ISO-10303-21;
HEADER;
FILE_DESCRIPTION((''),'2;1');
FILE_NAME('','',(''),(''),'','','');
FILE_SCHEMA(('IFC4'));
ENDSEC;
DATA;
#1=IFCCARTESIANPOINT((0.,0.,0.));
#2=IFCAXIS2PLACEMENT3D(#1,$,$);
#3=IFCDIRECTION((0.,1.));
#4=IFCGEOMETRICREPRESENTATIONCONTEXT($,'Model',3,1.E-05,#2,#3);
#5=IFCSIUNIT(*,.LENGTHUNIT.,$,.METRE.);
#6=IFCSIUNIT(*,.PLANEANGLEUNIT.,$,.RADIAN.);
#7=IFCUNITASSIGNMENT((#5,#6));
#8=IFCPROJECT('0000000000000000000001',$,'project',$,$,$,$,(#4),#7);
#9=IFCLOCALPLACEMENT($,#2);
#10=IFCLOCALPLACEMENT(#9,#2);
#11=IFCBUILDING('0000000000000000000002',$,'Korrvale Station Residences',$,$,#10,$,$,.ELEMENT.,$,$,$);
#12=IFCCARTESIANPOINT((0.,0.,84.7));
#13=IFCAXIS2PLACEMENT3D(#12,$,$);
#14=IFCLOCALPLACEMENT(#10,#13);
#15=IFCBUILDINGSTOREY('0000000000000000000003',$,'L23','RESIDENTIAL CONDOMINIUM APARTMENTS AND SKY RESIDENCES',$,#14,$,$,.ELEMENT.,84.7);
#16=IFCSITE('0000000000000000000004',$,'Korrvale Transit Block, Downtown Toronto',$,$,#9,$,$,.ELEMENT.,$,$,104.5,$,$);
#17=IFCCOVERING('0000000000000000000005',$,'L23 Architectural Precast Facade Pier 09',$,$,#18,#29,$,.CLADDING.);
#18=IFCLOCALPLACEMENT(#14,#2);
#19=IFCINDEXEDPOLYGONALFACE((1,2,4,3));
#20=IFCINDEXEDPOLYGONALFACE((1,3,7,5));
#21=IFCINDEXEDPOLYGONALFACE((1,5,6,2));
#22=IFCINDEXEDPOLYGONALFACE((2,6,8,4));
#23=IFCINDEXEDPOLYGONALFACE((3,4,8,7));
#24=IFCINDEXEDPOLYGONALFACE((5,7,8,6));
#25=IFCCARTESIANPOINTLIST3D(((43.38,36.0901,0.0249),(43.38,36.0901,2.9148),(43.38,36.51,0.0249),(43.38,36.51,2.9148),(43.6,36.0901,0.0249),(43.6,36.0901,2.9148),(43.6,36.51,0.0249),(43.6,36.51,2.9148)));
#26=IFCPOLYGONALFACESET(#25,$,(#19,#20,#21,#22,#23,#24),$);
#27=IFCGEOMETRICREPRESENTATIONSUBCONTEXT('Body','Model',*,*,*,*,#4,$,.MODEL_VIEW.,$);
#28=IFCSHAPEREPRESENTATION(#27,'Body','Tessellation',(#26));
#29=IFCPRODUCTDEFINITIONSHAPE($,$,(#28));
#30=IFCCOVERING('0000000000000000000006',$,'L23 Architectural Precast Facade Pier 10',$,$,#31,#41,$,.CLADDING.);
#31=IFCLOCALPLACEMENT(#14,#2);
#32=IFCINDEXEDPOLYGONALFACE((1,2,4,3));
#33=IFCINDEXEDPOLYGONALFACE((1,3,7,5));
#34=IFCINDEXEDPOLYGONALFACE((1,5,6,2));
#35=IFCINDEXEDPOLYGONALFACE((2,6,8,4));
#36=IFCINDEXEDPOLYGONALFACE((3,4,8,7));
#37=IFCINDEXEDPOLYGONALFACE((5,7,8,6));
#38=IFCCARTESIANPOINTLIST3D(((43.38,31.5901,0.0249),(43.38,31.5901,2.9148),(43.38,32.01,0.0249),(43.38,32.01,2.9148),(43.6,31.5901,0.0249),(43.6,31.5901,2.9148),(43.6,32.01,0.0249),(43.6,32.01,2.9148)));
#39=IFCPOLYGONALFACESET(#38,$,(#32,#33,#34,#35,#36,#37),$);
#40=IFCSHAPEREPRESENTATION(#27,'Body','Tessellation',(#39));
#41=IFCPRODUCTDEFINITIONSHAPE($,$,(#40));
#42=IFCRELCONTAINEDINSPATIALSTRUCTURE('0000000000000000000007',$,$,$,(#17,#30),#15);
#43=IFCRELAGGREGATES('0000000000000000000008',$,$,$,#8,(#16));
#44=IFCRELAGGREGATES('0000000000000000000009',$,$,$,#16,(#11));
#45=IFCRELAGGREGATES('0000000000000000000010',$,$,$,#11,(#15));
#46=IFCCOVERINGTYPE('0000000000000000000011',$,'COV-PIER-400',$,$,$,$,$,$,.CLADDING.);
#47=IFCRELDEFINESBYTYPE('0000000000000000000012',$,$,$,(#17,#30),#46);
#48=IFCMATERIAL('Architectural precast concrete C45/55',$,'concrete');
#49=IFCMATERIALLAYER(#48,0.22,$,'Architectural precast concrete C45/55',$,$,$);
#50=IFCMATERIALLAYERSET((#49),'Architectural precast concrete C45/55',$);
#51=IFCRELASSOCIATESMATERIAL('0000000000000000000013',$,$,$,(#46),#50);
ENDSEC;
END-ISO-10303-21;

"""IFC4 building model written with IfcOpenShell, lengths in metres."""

from ifc_helpers import new_model, si_unit, direction, frame, origin, origin_2d, place, context, subcontext, project, spatial, rectangle, extrude, material, layer, layer_set, type_object, element, save


model = new_model("IFC4")

# Units and contexts
model_context = context("Model", 3, precision=1e-05, world=origin(), true_north=direction((0.0, 1.0)))
body_context = subcontext(model_context, "Body", "Model", "MODEL_VIEW")
ifc_project = project(units=[si_unit("LENGTHUNIT", "METRE"), si_unit("PLANEANGLEUNIT", "RADIAN")], contexts=[model_context])

# Site, building, storey
site_placement = place(None, origin())
site = spatial("IfcSite", under=ifc_project, at=site_placement, Name="Korrvale Transit Block, Downtown Toronto", CompositionType="ELEMENT", RefElevation=104.5)
building_placement = place(site_placement, origin())
building = spatial("IfcBuilding", under=site, at=building_placement, Name="Korrvale Station Residences", CompositionType="ELEMENT")
storey_placement = place(building_placement, frame((0.0, 0.0, 84.7)))
storey = spatial("IfcBuildingStorey", under=building, at=storey_placement, Name="L23", Description="RESIDENTIAL CONDOMINIUM APARTMENTS AND SKY RESIDENCES", CompositionType="ELEMENT", Elevation=84.7)

# Coverings
ifc_material_1 = material(Name="Architectural precast concrete C45/55", Category="concrete")
ifc_layer_1 = layer(ifc_material_1, 0.22, Name="Architectural precast concrete C45/55")
ifc_layer_set_1 = layer_set([ifc_layer_1], Name="Architectural precast concrete C45/55")
covering_type = type_object("IfcCoveringType", Name="COV-PIER-400", PredefinedType="CLADDING", material=ifc_layer_set_1)
for number, where, z_axis, x_axis, name in (
    (1, (43.49, 36.3, 0.0249), (0.0, 0.0, 1.0), (0.0, 1.0, 0.0), "L23 Architectural Precast Facade Pier 09"),
    (2, (43.49, 31.8, 0.0249), (0.0, 0.0, 1.0), (0.0, 1.0, 0.0), "L23 Architectural Precast Facade Pier 10"),
):
    element("IfcCovering", number, at=place(storey_placement, frame(where, z_axis=z_axis, x_axis=x_axis)), inside=storey, type_object=covering_type, Name=name, PredefinedType="CLADDING", context=body_context, shape_type="SweptSolid", body=[
        extrude(rectangle(XDim=0.4199, YDim=0.22, at=origin_2d()), origin(), (0.0, 0.0, 1.0), 2.8899),
    ])

save(model, "model.ifc")
